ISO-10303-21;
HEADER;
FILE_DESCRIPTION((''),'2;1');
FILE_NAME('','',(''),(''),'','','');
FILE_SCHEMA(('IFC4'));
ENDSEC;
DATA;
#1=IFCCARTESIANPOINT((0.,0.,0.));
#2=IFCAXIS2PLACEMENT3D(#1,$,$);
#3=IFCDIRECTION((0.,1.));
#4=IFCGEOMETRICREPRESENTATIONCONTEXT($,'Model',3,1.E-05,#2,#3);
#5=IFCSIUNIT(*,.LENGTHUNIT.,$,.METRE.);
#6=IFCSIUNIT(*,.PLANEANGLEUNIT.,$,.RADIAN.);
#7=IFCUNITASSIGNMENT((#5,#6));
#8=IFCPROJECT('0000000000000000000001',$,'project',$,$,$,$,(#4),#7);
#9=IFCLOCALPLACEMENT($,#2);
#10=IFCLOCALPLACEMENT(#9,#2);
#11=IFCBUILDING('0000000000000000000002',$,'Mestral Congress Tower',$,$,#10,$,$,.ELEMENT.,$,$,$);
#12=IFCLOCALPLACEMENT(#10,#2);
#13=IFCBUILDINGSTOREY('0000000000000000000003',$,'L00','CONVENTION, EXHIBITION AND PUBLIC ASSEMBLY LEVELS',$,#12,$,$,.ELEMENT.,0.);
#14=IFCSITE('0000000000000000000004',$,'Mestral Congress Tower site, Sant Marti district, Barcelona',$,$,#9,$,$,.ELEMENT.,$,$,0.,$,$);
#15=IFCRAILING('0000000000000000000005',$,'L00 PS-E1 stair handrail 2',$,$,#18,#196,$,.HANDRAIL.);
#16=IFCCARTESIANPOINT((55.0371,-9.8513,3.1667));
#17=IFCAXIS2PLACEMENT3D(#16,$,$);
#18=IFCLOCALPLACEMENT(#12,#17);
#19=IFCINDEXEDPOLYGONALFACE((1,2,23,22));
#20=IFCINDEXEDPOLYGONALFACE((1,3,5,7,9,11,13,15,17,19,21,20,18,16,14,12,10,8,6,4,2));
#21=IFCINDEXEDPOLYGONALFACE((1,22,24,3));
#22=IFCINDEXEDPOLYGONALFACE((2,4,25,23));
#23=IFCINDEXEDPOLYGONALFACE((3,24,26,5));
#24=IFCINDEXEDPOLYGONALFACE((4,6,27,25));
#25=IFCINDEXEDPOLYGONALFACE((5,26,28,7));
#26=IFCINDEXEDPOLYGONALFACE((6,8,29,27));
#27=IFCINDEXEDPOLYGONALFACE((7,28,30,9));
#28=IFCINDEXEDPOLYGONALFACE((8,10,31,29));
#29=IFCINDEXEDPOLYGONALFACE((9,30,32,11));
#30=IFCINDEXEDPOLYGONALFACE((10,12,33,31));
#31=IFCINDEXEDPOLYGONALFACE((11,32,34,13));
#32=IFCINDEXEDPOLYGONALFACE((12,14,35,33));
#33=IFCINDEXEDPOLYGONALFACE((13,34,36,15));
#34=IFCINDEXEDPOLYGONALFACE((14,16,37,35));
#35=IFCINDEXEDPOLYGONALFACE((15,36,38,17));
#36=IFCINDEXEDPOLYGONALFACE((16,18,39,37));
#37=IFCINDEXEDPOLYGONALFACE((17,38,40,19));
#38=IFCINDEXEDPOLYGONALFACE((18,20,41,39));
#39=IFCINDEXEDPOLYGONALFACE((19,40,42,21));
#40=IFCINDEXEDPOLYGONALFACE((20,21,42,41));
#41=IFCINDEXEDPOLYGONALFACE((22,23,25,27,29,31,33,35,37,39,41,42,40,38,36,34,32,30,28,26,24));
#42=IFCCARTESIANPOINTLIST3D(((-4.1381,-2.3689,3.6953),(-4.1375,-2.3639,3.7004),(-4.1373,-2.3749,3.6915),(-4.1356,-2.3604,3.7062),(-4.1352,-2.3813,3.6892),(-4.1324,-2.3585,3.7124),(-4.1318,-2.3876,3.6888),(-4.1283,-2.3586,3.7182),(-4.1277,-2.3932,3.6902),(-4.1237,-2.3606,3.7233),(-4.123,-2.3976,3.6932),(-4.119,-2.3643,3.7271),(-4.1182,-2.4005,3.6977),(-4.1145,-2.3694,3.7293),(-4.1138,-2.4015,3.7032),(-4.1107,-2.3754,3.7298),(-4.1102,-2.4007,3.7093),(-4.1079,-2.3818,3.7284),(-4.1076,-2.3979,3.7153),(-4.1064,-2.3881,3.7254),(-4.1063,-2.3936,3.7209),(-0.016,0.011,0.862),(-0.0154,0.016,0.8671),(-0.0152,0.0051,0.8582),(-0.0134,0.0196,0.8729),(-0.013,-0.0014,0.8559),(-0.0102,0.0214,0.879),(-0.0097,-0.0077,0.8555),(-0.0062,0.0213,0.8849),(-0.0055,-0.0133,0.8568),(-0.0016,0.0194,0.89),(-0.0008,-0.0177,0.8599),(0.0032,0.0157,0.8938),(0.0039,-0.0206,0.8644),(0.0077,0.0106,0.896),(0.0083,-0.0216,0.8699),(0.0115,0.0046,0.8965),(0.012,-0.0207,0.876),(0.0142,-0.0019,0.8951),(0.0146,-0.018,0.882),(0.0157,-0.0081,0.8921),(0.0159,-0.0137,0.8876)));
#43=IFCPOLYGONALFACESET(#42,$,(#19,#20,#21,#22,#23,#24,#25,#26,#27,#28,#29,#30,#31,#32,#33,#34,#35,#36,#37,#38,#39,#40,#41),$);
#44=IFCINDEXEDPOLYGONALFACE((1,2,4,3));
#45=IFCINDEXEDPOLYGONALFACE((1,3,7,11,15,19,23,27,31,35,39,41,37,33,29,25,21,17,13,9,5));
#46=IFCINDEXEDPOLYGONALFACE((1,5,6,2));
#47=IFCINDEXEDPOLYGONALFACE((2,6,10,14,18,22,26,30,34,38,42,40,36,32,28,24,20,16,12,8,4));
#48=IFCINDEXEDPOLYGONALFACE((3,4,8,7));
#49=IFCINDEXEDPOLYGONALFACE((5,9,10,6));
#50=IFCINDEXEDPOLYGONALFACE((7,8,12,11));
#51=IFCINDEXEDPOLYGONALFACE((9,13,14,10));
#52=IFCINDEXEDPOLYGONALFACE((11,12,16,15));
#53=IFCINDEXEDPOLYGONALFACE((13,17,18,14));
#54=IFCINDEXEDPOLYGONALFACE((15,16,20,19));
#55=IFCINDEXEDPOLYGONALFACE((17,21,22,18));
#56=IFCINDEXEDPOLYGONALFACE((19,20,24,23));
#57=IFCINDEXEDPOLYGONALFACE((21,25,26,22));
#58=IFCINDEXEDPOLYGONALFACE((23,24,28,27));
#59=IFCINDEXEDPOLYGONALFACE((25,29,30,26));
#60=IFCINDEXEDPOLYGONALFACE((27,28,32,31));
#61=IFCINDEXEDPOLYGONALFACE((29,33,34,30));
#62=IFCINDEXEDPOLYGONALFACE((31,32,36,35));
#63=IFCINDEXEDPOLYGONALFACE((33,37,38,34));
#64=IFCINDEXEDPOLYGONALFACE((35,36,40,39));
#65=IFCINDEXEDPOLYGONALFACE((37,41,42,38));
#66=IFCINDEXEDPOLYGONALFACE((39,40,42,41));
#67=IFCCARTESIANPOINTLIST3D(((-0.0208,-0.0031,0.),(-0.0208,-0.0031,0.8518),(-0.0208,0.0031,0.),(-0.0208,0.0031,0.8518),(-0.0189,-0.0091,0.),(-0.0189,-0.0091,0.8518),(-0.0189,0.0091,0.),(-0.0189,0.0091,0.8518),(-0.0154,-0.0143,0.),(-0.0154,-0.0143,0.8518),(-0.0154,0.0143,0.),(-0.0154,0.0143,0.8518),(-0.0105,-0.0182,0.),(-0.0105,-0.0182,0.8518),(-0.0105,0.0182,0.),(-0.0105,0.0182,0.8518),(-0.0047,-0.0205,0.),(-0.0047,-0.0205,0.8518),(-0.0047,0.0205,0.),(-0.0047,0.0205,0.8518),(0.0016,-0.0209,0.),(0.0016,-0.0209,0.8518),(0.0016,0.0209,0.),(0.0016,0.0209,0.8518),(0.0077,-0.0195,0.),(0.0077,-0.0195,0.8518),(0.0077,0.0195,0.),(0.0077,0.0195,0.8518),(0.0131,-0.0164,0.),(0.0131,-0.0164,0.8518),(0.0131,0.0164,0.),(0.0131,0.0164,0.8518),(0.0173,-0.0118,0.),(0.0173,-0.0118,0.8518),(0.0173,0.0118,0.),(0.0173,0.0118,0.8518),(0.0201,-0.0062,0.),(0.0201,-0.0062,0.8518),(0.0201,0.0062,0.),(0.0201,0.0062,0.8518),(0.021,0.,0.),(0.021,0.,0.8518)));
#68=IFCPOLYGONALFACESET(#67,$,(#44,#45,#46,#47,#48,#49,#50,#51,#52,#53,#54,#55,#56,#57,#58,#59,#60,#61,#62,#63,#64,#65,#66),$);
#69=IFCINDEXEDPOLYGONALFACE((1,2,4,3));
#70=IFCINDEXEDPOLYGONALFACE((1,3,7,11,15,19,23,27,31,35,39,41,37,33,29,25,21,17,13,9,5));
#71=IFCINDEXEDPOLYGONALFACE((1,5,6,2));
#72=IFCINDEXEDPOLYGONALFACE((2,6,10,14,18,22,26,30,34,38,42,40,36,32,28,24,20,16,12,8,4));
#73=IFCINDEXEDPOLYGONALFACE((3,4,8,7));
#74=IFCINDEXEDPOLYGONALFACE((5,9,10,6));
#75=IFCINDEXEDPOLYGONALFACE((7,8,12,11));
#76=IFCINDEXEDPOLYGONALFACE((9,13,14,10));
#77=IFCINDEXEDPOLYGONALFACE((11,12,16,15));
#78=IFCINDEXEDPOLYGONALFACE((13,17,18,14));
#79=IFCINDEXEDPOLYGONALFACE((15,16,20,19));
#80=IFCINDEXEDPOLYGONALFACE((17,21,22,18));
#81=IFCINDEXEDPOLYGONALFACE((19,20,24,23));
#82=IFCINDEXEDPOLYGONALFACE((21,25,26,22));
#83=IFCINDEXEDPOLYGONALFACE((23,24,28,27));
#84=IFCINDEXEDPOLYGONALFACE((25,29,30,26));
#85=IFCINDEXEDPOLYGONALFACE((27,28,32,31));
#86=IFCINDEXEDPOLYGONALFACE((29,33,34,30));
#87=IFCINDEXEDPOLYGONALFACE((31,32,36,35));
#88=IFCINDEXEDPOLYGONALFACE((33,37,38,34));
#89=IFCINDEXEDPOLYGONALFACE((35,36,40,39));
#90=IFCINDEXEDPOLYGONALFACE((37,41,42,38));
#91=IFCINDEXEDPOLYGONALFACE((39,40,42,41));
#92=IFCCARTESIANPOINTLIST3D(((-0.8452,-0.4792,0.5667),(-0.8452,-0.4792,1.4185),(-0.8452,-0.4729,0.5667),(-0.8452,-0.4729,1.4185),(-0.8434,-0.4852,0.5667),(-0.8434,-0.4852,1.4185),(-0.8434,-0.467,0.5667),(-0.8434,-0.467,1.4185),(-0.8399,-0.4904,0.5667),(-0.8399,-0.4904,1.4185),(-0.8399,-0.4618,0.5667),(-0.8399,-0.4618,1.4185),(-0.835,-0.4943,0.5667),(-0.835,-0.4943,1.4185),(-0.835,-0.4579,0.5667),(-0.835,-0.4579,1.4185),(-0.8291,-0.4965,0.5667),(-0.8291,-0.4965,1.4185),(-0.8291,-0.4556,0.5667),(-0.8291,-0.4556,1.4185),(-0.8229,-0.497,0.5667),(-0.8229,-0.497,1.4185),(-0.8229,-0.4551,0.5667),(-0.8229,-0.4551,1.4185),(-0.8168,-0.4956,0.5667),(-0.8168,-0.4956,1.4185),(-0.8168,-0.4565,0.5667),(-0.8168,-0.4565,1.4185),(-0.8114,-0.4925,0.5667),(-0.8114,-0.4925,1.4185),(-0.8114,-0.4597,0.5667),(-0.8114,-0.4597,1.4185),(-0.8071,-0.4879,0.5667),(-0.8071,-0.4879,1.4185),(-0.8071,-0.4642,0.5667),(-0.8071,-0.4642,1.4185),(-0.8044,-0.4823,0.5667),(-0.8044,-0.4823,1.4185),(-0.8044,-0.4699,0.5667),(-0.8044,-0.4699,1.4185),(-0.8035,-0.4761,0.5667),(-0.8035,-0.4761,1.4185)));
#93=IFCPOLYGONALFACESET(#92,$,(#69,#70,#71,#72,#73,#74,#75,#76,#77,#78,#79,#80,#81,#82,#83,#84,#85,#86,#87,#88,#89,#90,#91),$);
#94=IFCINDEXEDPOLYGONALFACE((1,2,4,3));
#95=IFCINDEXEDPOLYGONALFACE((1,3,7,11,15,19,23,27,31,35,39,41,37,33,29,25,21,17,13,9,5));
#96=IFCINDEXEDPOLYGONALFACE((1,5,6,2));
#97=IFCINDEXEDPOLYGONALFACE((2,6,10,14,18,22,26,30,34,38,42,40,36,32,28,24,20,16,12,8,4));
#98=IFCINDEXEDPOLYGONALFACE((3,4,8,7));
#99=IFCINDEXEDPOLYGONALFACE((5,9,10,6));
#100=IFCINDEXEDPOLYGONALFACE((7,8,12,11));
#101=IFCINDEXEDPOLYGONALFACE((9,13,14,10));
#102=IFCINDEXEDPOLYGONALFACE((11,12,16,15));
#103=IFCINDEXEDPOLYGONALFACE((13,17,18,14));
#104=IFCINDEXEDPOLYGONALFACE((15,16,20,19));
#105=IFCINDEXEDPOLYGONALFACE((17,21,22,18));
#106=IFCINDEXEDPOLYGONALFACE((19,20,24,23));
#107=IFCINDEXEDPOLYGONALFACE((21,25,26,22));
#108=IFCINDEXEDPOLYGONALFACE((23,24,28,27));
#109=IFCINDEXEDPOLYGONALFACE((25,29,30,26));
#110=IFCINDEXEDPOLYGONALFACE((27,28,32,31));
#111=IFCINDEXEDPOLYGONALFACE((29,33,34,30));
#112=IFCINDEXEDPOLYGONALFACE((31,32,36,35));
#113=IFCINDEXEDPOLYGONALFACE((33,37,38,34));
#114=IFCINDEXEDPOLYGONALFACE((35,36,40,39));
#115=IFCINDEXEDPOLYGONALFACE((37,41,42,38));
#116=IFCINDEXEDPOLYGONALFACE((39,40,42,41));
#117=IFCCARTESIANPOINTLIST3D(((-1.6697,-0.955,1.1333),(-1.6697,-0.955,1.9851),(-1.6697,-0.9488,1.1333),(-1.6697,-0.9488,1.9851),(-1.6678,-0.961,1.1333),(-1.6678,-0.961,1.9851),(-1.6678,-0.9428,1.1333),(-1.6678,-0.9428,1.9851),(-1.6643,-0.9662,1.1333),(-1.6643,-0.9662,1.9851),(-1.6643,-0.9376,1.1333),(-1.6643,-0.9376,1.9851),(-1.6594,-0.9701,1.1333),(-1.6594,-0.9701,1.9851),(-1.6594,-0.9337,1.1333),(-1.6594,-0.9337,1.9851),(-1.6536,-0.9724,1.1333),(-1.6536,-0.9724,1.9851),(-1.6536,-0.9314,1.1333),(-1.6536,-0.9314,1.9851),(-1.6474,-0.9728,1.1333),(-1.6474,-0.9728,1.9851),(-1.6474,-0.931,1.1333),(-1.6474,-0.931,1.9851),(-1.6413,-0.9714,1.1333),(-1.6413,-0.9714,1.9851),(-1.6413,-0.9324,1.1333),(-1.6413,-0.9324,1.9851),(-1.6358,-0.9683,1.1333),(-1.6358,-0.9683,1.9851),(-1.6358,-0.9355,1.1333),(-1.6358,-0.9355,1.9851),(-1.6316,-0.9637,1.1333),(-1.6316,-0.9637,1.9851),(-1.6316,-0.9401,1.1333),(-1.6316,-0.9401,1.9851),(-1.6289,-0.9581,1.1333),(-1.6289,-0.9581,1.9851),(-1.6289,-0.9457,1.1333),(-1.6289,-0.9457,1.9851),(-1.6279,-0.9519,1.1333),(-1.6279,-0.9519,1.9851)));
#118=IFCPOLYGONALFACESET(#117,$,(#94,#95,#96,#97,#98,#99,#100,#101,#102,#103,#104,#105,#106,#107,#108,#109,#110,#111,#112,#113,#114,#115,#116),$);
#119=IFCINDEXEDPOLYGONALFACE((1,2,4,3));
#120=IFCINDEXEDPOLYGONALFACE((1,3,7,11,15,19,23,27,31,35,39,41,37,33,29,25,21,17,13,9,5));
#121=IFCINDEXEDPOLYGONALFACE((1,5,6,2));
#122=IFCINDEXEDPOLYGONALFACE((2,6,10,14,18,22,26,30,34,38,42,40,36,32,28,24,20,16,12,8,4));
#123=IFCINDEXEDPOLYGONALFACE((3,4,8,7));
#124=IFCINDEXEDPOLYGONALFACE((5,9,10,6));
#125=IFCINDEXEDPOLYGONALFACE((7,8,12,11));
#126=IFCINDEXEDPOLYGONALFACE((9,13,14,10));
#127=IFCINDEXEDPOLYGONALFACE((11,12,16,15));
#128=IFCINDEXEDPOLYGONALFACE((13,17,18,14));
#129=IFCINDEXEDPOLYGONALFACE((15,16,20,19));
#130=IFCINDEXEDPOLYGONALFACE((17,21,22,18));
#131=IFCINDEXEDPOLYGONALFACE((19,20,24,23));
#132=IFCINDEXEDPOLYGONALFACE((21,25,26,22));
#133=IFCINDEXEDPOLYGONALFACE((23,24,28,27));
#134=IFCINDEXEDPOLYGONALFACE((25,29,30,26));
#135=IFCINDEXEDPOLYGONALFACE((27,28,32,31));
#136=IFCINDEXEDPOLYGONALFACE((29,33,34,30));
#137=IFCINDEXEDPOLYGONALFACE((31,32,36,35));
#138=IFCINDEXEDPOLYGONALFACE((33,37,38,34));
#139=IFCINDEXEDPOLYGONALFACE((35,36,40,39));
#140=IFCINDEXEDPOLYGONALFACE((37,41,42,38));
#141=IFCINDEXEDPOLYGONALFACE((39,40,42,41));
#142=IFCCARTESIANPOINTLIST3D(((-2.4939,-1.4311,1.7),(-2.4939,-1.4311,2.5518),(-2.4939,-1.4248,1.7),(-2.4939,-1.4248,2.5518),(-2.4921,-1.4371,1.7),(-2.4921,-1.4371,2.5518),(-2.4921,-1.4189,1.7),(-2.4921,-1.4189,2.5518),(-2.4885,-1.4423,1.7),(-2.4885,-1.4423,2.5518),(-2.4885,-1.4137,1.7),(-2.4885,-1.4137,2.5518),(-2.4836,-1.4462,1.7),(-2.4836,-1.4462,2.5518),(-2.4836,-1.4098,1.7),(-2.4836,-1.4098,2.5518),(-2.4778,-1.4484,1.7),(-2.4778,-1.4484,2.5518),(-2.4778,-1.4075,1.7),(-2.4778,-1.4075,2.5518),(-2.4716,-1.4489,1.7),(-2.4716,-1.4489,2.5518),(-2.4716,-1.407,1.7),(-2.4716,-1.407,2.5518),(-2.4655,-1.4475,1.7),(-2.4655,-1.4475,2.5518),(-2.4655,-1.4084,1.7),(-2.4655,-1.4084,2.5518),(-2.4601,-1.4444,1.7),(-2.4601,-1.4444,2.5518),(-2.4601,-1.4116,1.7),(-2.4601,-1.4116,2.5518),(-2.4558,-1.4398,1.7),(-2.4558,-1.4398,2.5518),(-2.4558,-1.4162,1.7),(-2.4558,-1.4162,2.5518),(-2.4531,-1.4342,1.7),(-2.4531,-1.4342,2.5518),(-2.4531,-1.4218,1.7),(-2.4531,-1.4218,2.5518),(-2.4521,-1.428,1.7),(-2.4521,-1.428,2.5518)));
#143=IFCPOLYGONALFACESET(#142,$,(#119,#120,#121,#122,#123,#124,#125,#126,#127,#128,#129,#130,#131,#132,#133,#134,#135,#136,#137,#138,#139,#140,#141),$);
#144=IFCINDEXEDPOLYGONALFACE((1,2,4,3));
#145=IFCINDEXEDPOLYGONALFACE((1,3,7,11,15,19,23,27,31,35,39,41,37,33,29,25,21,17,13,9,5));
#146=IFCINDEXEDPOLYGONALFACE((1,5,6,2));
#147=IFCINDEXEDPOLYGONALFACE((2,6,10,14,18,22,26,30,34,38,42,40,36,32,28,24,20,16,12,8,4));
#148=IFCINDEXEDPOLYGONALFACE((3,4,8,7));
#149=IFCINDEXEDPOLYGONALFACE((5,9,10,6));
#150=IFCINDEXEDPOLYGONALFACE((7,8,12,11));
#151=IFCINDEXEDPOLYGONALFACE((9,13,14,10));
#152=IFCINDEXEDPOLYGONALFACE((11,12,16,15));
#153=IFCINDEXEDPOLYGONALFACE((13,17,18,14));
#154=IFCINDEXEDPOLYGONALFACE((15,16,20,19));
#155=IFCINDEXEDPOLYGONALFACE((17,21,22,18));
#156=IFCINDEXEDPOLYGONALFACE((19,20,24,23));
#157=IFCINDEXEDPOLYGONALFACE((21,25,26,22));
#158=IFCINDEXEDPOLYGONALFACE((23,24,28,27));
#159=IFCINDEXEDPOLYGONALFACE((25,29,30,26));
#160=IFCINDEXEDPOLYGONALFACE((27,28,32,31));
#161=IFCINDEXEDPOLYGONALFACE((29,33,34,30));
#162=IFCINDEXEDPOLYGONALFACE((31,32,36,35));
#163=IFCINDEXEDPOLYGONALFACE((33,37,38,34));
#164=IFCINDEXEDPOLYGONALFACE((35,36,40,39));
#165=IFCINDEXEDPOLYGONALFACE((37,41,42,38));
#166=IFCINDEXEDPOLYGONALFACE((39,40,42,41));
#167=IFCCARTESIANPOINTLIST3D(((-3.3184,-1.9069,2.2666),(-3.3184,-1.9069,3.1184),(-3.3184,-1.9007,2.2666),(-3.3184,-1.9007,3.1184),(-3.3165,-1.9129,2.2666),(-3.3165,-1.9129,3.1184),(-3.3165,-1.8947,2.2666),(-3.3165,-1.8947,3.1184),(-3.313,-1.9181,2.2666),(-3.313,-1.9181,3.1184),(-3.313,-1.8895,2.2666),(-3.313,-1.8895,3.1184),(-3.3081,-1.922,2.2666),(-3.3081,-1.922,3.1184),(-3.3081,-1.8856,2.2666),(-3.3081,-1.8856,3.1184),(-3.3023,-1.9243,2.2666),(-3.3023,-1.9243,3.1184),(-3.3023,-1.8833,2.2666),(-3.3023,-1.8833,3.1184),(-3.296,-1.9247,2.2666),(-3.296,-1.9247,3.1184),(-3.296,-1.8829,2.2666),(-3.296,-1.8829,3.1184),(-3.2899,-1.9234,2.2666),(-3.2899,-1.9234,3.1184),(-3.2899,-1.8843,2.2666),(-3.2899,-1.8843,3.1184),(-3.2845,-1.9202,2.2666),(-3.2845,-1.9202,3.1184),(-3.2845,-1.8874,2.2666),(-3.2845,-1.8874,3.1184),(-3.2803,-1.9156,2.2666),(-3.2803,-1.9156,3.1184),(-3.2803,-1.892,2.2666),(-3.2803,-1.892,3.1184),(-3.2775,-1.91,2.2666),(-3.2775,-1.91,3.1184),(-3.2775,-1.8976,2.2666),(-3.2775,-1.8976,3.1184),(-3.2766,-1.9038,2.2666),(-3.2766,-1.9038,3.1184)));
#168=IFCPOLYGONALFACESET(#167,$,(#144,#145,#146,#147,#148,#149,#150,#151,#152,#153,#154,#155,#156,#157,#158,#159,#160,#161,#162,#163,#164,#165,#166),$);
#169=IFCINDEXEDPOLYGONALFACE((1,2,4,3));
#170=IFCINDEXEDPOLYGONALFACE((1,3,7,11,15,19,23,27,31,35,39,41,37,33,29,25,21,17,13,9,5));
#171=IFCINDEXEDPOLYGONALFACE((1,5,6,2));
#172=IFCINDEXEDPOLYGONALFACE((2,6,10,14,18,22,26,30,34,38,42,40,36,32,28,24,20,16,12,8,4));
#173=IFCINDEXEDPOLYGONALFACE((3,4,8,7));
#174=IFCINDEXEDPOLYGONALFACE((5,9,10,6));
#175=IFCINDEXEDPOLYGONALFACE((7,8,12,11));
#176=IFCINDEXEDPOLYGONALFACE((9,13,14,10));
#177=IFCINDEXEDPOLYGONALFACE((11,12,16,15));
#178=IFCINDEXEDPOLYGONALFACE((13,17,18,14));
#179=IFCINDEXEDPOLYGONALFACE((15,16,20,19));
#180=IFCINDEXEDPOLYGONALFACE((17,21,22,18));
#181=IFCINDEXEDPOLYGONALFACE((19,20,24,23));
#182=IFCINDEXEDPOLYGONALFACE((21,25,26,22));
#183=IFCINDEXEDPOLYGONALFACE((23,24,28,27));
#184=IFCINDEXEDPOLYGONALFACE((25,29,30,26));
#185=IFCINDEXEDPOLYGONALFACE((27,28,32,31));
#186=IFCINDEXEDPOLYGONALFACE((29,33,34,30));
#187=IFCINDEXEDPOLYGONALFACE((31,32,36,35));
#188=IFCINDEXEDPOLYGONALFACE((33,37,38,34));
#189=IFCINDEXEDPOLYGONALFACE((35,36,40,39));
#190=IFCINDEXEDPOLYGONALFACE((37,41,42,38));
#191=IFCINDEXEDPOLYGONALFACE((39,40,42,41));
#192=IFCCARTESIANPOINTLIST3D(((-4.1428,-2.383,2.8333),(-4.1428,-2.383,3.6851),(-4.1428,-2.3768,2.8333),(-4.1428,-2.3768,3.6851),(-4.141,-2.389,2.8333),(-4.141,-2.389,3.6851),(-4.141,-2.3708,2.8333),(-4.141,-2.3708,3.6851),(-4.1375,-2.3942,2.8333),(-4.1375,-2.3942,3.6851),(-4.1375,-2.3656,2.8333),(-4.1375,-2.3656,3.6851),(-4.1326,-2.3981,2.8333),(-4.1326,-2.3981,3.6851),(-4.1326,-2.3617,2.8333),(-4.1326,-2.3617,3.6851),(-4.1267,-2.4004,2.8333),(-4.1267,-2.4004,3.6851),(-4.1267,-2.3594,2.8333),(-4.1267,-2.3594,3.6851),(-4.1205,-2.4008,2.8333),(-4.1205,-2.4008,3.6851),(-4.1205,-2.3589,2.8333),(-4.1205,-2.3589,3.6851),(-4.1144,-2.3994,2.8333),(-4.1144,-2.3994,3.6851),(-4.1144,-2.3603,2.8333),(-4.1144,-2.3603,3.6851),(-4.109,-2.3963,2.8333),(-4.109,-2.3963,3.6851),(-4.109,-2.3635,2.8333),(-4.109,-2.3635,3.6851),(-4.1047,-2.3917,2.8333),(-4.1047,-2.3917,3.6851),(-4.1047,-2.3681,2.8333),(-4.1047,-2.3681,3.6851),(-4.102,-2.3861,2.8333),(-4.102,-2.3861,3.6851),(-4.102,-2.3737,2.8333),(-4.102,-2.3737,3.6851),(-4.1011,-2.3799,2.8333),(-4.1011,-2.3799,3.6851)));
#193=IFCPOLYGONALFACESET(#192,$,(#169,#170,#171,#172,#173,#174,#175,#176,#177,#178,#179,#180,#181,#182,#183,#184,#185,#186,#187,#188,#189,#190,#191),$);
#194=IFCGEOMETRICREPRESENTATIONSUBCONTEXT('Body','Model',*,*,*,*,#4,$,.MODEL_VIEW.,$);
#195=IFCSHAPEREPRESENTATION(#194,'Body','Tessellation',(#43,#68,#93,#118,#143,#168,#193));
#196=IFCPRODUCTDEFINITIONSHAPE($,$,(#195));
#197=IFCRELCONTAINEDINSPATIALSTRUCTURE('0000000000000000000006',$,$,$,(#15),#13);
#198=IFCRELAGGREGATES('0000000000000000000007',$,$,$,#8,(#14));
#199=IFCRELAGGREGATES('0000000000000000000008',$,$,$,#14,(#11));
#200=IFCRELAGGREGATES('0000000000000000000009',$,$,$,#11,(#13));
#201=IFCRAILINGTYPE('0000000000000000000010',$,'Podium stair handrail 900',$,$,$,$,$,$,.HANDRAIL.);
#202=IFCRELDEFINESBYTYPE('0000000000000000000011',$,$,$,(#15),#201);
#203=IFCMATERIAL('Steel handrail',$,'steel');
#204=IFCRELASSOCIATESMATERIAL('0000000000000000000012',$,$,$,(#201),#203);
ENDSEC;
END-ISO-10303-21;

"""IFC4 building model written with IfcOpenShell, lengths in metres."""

from ifc_helpers import new_model, si_unit, direction, frame, origin, origin_2d, place, context, subcontext, project, spatial, circle, extrude, material, type_object, element, save


model = new_model("IFC4")

# Units and contexts
model_context = context("Model", 3, precision=1e-05, world=origin(), true_north=direction((0.0, 1.0)))
body_context = subcontext(model_context, "Body", "Model", "MODEL_VIEW")
ifc_project = project(units=[si_unit("LENGTHUNIT", "METRE"), si_unit("PLANEANGLEUNIT", "RADIAN")], contexts=[model_context])

# Site, building, storey
site_placement = place(None, origin())
site = spatial("IfcSite", under=ifc_project, at=site_placement, Name="Mestral Congress Tower site, Sant Marti district, Barcelona", CompositionType="ELEMENT", RefElevation=0.0)
building_placement = place(site_placement, origin())
building = spatial("IfcBuilding", under=site, at=building_placement, Name="Mestral Congress Tower", CompositionType="ELEMENT")
storey_placement = place(building_placement, origin())
storey = spatial("IfcBuildingStorey", under=building, at=storey_placement, Name="L00", Description="CONVENTION, EXHIBITION AND PUBLIC ASSEMBLY LEVELS", CompositionType="ELEMENT", Elevation=0.0)

# Railing
ifc_material_1 = material(Name="Steel handrail", Category="steel")
railing_type_1 = type_object("IfcRailingType", Name="Podium stair handrail 900", PredefinedType="HANDRAIL", material=ifc_material_1)
railing_1_placement = place(storey_placement, frame((55.0371, -9.8513, 3.1667)))
element("IfcRailing", 1, at=railing_1_placement, inside=storey, type_object=railing_type_1, Name="L00 PS-E1 stair handrail 2", PredefinedType="HANDRAIL", context=body_context, shape_type="SweptSolid", body=[
    extrude(circle(Radius=0.0239, at=origin_2d()), frame((0.0, 0.0, 0.876), z_axis=(-0.744165, -0.429645, 0.511492), x_axis=(0.500001, -0.866025, 0.0)), (0.0, 0.0, 1.0), 5.5393),
    extrude(circle(Radius=0.021, at=origin_2d()), origin(), (0.0, 0.0, 1.0), 0.8518),
    extrude(circle(Radius=0.021, at=origin_2d()), frame((-0.8245, -0.4761, 0.5667)), (0.0, 0.0, 1.0), 0.8518),
    extrude(circle(Radius=0.021, at=origin_2d()), frame((-1.6489, -0.9519, 1.1333)), (0.0, 0.0, 1.0), 0.8518),
    extrude(circle(Radius=0.021, at=origin_2d()), frame((-2.4731, -1.428, 1.7)), (0.0, 0.0, 1.0), 0.8518),
    extrude(circle(Radius=0.021, at=origin_2d()), frame((-3.2976, -1.9038, 2.2666)), (0.0, 0.0, 1.0), 0.8518),
    extrude(circle(Radius=0.021, at=origin_2d()), frame((-4.1221, -2.3799, 2.8333)), (0.0, 0.0, 1.0), 0.8518),
])

save(model, "model.ifc")
